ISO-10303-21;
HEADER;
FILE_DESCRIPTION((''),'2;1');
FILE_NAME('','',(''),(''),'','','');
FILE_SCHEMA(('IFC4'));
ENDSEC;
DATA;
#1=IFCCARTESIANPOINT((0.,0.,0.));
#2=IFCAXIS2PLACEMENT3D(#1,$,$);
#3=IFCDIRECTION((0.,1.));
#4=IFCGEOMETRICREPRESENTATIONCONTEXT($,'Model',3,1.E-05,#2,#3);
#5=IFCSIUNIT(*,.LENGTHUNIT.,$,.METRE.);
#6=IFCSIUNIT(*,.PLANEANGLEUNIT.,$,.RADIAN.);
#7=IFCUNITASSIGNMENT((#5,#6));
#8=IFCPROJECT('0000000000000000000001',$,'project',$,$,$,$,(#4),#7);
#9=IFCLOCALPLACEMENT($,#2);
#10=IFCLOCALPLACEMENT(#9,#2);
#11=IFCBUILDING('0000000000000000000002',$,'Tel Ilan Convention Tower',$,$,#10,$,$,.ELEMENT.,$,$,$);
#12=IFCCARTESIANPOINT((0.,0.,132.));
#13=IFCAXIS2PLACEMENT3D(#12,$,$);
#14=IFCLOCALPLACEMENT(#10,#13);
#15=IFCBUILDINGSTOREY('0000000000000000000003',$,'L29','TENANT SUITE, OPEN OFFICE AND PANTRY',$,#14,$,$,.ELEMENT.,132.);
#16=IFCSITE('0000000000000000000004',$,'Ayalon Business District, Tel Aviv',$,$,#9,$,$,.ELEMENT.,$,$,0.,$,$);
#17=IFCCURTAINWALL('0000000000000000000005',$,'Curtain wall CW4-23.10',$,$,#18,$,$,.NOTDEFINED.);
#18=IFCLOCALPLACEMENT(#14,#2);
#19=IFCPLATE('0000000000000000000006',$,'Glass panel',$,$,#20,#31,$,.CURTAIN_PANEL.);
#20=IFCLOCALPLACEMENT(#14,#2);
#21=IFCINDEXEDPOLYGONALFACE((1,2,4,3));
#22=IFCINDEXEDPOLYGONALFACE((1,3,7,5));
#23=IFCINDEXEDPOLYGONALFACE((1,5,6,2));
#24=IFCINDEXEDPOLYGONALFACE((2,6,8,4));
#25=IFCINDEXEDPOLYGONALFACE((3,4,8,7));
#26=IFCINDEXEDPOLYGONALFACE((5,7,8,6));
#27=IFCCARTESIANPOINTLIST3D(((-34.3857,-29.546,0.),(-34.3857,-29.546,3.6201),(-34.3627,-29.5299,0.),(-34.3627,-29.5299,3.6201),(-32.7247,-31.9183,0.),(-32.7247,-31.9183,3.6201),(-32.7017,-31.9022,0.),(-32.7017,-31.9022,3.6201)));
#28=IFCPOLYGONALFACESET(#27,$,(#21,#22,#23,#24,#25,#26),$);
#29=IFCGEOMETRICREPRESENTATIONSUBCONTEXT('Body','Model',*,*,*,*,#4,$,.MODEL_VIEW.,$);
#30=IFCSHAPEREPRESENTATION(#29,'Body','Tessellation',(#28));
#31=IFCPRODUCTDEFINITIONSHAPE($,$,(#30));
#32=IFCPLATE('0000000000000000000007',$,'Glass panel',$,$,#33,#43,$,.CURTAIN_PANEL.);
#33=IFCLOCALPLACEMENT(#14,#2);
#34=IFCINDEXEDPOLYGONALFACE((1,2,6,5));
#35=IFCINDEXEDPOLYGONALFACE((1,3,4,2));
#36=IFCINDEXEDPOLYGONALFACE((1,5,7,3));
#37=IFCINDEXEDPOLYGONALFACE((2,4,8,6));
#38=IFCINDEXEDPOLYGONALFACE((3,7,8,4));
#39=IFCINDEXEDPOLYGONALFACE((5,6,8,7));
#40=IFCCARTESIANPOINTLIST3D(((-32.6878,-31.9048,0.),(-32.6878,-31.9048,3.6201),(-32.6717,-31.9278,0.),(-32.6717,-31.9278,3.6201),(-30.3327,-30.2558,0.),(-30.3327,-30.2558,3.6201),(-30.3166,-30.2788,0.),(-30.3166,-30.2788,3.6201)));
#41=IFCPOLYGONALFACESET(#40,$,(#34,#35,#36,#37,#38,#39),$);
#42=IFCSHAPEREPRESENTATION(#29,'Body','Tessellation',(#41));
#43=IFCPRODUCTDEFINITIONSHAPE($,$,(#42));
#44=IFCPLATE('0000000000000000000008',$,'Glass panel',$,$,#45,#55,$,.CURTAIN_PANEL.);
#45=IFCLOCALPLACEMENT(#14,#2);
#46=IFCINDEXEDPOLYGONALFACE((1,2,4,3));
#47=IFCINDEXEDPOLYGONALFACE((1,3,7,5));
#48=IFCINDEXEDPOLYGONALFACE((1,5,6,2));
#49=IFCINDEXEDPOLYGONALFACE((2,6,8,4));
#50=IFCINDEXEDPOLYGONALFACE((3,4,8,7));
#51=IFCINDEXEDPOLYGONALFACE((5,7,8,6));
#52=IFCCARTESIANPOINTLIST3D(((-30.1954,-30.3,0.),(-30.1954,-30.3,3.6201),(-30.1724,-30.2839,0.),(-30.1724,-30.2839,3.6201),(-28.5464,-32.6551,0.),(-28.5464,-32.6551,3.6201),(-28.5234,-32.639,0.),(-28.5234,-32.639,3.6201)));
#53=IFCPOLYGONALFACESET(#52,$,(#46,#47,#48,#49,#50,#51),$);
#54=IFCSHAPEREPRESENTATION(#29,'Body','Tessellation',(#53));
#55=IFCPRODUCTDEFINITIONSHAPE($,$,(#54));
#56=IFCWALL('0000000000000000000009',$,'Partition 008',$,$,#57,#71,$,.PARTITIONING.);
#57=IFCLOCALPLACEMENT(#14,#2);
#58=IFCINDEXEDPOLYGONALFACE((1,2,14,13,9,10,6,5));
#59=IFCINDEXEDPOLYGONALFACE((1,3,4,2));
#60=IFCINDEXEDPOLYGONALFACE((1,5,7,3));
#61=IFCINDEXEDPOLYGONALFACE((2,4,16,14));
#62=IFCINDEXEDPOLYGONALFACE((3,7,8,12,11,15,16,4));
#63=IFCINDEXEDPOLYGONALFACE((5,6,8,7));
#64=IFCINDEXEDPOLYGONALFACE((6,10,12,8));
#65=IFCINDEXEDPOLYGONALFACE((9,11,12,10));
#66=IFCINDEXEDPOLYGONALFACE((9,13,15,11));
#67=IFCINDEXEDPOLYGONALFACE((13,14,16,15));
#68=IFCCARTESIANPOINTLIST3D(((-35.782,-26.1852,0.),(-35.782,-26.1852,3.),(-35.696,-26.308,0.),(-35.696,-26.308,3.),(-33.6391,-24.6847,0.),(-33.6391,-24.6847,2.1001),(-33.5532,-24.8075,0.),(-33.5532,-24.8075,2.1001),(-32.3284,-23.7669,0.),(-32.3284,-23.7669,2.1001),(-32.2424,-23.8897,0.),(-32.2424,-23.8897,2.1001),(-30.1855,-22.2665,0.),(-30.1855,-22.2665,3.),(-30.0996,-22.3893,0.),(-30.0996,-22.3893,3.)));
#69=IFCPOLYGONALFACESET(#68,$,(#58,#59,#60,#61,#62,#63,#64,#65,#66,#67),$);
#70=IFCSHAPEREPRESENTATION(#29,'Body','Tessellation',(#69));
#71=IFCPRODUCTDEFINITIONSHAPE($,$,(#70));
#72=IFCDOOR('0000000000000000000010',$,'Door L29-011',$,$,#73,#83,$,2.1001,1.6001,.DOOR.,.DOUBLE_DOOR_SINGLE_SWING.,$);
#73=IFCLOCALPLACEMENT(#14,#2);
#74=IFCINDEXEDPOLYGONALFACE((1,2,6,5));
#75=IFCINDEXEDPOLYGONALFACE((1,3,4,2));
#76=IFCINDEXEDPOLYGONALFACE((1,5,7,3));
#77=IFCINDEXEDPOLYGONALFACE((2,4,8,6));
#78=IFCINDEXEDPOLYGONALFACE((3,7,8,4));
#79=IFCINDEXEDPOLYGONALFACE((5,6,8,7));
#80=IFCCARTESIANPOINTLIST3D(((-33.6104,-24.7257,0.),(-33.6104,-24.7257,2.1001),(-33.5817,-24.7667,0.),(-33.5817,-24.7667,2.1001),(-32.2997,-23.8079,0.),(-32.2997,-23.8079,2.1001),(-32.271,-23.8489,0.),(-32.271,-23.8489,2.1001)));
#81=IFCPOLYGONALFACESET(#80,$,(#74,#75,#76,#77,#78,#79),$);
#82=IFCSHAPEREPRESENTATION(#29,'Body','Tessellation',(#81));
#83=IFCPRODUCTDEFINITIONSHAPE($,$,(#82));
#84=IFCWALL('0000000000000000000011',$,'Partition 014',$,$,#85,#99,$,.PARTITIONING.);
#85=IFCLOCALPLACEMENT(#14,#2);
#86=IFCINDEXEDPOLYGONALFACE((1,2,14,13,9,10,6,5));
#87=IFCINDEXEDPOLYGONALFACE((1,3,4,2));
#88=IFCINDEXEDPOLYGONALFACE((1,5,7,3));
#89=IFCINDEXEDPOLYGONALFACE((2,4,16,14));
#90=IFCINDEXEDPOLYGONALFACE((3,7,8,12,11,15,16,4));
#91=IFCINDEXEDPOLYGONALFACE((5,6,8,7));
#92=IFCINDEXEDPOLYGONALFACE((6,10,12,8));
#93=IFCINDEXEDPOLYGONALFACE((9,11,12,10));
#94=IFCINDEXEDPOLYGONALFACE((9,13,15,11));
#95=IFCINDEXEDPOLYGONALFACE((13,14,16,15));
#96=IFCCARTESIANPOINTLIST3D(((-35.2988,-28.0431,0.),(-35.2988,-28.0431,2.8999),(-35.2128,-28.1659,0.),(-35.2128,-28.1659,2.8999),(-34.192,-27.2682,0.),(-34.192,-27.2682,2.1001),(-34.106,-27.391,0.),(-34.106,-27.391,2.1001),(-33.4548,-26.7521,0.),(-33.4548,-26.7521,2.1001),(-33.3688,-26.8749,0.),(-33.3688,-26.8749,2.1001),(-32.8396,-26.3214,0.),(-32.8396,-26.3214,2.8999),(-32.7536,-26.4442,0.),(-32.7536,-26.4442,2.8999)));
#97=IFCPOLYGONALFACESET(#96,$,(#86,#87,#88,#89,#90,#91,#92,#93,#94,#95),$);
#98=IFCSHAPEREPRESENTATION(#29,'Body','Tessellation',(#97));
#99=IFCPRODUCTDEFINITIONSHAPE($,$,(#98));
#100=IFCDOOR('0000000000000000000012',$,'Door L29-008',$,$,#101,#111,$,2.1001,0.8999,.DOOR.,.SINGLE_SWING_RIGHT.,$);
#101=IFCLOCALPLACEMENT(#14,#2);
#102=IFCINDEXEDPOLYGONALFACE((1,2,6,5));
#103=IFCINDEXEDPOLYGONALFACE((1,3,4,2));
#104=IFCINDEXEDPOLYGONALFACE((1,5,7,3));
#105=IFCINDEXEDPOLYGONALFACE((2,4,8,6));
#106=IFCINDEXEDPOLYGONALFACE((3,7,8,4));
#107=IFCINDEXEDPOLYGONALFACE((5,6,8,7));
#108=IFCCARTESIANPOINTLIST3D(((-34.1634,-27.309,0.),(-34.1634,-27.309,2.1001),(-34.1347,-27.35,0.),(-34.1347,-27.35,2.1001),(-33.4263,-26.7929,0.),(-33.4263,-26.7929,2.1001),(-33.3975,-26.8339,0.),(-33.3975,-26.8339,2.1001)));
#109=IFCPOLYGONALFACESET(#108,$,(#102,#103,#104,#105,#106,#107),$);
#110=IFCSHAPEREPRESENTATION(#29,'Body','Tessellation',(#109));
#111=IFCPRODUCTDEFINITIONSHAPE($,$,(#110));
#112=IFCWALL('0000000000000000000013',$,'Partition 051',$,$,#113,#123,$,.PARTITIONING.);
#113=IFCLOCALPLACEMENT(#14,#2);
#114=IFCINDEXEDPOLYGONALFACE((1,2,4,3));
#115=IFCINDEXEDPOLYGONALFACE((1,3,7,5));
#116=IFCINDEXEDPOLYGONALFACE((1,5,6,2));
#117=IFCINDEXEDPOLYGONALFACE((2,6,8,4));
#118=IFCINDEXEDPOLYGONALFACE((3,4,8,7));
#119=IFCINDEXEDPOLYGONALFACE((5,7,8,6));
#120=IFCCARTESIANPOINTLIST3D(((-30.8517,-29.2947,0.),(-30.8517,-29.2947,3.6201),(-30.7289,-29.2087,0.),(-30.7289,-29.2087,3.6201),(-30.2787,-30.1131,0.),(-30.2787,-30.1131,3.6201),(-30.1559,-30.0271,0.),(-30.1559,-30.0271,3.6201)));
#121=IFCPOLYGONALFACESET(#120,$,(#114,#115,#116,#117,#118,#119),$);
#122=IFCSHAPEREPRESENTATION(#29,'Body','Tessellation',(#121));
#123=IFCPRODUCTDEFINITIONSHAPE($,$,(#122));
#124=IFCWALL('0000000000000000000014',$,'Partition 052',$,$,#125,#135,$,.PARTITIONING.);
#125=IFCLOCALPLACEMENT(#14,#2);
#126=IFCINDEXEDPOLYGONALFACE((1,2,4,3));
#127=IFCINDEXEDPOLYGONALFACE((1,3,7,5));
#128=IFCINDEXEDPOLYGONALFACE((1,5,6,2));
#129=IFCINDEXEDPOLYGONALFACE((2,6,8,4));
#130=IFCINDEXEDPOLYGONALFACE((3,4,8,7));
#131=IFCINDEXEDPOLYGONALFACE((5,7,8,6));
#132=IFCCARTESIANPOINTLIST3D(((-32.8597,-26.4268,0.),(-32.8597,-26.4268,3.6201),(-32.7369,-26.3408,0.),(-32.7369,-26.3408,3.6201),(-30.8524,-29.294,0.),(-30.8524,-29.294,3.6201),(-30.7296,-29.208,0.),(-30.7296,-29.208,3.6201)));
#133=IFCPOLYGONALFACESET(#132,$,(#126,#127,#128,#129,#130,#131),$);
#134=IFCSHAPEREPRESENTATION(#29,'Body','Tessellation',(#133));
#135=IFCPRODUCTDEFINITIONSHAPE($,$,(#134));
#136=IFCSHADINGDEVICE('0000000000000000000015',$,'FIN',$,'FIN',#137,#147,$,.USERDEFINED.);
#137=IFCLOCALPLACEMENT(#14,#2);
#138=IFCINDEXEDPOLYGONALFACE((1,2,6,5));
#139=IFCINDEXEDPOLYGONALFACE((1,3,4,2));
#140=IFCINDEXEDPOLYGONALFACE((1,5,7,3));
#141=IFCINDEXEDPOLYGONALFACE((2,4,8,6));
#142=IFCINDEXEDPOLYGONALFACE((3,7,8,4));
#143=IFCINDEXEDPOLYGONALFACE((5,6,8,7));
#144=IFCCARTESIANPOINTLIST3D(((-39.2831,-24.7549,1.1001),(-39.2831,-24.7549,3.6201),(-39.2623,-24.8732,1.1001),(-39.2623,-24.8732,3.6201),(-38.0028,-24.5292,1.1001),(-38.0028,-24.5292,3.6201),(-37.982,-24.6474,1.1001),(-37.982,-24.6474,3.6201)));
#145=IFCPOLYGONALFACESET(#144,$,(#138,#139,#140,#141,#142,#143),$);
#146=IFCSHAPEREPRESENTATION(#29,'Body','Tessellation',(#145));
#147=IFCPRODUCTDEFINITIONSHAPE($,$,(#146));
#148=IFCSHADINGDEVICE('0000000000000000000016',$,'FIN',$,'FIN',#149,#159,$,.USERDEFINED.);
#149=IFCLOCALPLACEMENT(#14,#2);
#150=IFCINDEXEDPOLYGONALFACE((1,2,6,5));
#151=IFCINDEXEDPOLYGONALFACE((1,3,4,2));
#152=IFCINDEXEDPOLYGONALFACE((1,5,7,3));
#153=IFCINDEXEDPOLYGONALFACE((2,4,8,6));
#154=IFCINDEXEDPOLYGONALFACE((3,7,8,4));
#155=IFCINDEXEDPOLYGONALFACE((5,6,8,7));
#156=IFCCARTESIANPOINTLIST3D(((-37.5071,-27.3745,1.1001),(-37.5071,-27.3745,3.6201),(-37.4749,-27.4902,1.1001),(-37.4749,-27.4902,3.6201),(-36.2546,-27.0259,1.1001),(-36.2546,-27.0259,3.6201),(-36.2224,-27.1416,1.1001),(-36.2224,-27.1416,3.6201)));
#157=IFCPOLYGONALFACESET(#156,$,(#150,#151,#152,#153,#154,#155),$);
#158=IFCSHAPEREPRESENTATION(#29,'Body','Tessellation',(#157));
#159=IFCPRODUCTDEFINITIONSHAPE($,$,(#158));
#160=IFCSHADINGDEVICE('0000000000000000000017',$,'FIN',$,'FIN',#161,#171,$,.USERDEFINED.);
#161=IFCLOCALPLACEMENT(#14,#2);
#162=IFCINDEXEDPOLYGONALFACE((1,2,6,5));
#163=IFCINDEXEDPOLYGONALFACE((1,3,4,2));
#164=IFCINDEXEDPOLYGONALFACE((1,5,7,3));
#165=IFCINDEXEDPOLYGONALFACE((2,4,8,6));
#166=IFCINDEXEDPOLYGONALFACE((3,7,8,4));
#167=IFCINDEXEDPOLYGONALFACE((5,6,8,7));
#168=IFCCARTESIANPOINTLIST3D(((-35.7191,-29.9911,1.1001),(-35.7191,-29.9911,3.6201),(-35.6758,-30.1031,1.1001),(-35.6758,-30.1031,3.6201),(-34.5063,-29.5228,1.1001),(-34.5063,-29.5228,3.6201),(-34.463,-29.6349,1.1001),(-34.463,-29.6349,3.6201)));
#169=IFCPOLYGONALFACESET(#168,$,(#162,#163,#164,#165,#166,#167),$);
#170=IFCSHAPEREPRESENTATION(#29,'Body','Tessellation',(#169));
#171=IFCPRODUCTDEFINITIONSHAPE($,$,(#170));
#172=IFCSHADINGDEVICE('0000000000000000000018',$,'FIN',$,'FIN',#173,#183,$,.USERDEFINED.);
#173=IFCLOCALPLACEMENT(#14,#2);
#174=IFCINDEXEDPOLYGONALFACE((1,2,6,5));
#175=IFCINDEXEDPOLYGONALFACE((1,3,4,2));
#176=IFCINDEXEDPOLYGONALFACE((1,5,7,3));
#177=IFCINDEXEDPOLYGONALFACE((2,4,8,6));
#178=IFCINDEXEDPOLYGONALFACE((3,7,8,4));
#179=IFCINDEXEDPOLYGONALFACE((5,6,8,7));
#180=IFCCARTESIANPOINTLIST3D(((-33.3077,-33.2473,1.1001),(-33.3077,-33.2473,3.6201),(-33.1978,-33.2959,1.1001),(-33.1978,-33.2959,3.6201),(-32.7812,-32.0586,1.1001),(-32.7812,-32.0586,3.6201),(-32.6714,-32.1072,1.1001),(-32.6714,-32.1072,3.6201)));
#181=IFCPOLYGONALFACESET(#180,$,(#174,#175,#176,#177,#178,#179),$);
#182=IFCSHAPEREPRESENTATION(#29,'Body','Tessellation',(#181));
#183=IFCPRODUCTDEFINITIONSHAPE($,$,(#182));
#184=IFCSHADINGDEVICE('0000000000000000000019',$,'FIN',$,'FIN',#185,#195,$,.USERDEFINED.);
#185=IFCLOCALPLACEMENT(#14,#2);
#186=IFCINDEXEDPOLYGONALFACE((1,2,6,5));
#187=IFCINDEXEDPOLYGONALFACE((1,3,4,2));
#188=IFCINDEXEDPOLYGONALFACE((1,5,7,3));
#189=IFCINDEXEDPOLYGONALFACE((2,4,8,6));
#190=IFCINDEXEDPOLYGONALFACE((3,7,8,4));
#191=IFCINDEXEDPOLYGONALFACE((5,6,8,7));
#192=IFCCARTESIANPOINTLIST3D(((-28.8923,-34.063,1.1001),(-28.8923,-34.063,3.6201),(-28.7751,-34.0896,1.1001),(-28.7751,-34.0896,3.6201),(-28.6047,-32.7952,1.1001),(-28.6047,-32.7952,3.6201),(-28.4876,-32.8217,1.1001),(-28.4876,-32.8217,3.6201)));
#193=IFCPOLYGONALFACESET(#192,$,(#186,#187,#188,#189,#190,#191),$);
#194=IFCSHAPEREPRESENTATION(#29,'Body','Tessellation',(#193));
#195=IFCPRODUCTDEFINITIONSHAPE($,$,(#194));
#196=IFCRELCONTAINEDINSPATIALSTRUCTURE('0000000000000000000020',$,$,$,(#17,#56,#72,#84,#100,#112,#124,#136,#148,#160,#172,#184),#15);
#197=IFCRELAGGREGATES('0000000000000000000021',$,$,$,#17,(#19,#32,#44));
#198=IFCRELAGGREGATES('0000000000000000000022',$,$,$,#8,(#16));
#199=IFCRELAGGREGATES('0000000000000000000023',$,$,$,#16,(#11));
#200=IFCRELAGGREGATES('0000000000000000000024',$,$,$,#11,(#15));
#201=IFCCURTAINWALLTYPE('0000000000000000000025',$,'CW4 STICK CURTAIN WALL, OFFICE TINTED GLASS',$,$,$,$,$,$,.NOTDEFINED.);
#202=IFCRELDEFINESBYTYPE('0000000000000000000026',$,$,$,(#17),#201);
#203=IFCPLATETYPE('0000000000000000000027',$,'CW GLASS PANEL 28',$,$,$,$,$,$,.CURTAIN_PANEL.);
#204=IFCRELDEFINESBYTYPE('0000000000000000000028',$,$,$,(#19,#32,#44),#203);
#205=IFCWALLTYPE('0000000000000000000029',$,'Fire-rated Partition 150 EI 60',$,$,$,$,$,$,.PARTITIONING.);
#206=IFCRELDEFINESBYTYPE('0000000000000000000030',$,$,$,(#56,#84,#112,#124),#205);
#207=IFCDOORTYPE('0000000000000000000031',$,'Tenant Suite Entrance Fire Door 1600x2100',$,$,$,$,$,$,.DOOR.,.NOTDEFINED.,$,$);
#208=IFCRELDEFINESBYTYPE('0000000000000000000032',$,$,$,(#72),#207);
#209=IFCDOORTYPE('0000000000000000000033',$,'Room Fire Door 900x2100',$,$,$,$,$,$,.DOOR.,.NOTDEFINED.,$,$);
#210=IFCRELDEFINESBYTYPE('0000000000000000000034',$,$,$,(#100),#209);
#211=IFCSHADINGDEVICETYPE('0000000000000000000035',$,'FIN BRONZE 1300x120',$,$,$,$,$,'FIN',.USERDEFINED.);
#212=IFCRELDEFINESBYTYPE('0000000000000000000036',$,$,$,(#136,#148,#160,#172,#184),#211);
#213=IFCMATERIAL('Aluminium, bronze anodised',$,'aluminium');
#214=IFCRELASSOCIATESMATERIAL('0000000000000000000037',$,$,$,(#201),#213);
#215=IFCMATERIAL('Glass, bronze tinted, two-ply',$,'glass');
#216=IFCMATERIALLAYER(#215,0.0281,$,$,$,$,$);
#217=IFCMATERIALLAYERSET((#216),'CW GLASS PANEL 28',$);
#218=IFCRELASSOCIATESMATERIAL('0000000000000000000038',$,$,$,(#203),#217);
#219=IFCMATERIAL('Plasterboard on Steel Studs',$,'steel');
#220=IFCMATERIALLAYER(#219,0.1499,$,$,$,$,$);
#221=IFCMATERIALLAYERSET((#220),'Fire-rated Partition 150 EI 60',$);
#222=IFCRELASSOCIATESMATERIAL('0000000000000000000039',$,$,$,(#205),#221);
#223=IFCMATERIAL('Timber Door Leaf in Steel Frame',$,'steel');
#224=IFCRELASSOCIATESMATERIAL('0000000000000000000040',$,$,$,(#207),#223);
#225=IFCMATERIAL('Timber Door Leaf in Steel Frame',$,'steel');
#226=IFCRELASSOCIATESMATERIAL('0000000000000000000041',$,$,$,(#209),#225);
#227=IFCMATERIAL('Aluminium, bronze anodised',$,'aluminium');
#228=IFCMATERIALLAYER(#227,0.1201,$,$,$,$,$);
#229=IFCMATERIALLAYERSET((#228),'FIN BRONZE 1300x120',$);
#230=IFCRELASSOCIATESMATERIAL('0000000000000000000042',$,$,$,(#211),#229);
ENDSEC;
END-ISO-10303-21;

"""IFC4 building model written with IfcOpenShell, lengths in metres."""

from ifc_helpers import new_model, si_unit, direction, frame, frame_2d, origin, origin_2d, place, context, subcontext, project, spatial, rectangle, extrude, material, layer, layer_set, type_object, element, fill, aggregate, save


model = new_model("IFC4")

# Units and contexts
model_context = context("Model", 3, precision=1e-05, world=origin(), true_north=direction((0.0, 1.0)))
body_context = subcontext(model_context, "Body", "Model", "MODEL_VIEW")
ifc_project = project(units=[si_unit("LENGTHUNIT", "METRE"), si_unit("PLANEANGLEUNIT", "RADIAN")], contexts=[model_context])

# Site, building, storey
site_placement = place(None, origin())
site = spatial("IfcSite", under=ifc_project, at=site_placement, Name="Ayalon Business District, Tel Aviv", CompositionType="ELEMENT", RefElevation=0.0)
building_placement = place(site_placement, origin())
building = spatial("IfcBuilding", under=site, at=building_placement, Name="Tel Ilan Convention Tower", CompositionType="ELEMENT")
storey_placement = place(building_placement, frame((0.0, 0.0, 132.0)))
storey = spatial("IfcBuildingStorey", under=building, at=storey_placement, Name="L29", Description="TENANT SUITE, OPEN OFFICE AND PANTRY", CompositionType="ELEMENT", Elevation=132.0)

# Curtain wall, plates
ifc_material_1 = material(Name="Aluminium, bronze anodised", Category="aluminium")
curtain_wall_type = type_object("IfcCurtainWallType", Name="CW4 STICK CURTAIN WALL, OFFICE TINTED GLASS", PredefinedType="NOTDEFINED", material=ifc_material_1)
curtain_wall_placement = place(storey_placement, origin())
curtain_wall = element("IfcCurtainWall", 1, at=curtain_wall_placement, inside=storey, type_object=curtain_wall_type, Name="Curtain wall CW4-23.10", PredefinedType="NOTDEFINED")
ifc_material_2 = material(Name="Glass, bronze tinted, two-ply", Category="glass")
ifc_layer_1 = layer(ifc_material_2, 0.0281)
ifc_layer_set_1 = layer_set([ifc_layer_1], Name="CW GLASS PANEL 28")
plate_type = type_object("IfcPlateType", Name="CW GLASS PANEL 28", PredefinedType="CURTAIN_PANEL", material=ifc_layer_set_1)
plate_1_placement = place(storey_placement, frame((-33.5437, -30.7241, 0.0), z_axis=(0.0, 0.0, 1.0), x_axis=(0.573576, -0.819152, 0.0)))
plate_1 = element("IfcPlate", 2, at=plate_1_placement, type_object=plate_type, Name="Glass panel", PredefinedType="CURTAIN_PANEL", context=body_context, shape_type="SweptSolid", body=[
    extrude(rectangle(XDim=2.896, YDim=0.0281, at=origin_2d()), origin(), (0.0, 0.0, 1.0), 3.6201),
])
plate_2_placement = place(storey_placement, frame((-31.5022, -31.0918, 0.0), z_axis=(0.0, 0.0, 1.0), x_axis=(0.819152, 0.573576, 0.0)))
plate_2 = element("IfcPlate", 3, at=plate_2_placement, type_object=plate_type, Name="Glass panel", PredefinedType="CURTAIN_PANEL", context=body_context, shape_type="SweptSolid", body=[
    extrude(rectangle(XDim=2.875, YDim=0.0281, at=origin_2d()), origin(), (0.0, 0.0, 1.0), 3.6201),
])
plate_3_placement = place(storey_placement, frame((-29.3594, -31.4695, 0.0), z_axis=(0.0, 0.0, 1.0), x_axis=(0.573576, -0.819152, 0.0)))
plate_3 = element("IfcPlate", 4, at=plate_3_placement, type_object=plate_type, Name="Glass panel", PredefinedType="CURTAIN_PANEL", context=body_context, shape_type="SweptSolid", body=[
    extrude(rectangle(XDim=2.875, YDim=0.0281, at=origin_2d()), origin(), (0.0, 0.0, 1.0), 3.6201),
])
aggregate(curtain_wall, [plate_1, plate_2, plate_3])

# Walls, openings, doors
ifc_material_3 = material(Name="Plasterboard on Steel Studs", Category="steel")
ifc_layer_2 = layer(ifc_material_3, 0.1499)
ifc_layer_set_2 = layer_set([ifc_layer_2], Name="Fire-rated Partition 150 EI 60")
wall_type = type_object("IfcWallType", Name="Fire-rated Partition 150 EI 60", PredefinedType="PARTITIONING", material=ifc_layer_set_2)
wall_1_placement = place(storey_placement, frame((-35.739, -26.2466, 0.0), z_axis=(0.0, 0.0, 1.0), x_axis=(0.81915, 0.57358, 0.0)))
wall_1 = element("IfcWall", 5, at=wall_1_placement, inside=storey, type_object=wall_type, Name="Partition 008", PredefinedType="PARTITIONING", context=body_context, shape_type="SweptSolid", body=[
    extrude(rectangle(XDim=6.832, YDim=0.1499, at=frame_2d((3.416, 0.0))), origin(), (0.0, 0.0, 1.0), 3.0),
])
opening_1_placement = place(wall_1_placement, frame((2.616, 0.0, 0.0)))
opening_1 = element("IfcOpeningElement", 6, at=opening_1_placement, cuts=wall_1, PredefinedType="OPENING", context=body_context, shape_type="SweptSolid", body=[
    extrude(rectangle(XDim=1.6001, YDim=2.1001, at=frame_2d((0.8, 1.05))), frame((0.0, 0.085, 0.0), z_axis=(0.0, -1.0, 0.0), x_axis=(1.0, 0.0, 0.0)), (0.0, 0.0, 1.0), 0.1699),
])
ifc_material_4 = material(Name="Timber Door Leaf in Steel Frame", Category="steel")
door_type_1 = type_object("IfcDoorType", Name="Tenant Suite Entrance Fire Door 1600x2100", OperationType="NOTDEFINED", PredefinedType="DOOR", material=ifc_material_4)
door_1_placement = place(opening_1_placement, origin())
door_1 = element("IfcDoor", 7, at=door_1_placement, inside=storey, type_object=door_type_1, Name="Door L29-011", OperationType="DOUBLE_DOOR_SINGLE_SWING", OverallHeight=2.1001, OverallWidth=1.6001, PredefinedType="DOOR", context=body_context, shape_type="SweptSolid", body=[
    extrude(rectangle(XDim=1.6001, YDim=2.1001, at=frame_2d((0.8, 1.05))), frame((0.0, 0.0249, 0.0), z_axis=(0.0, -1.0, 0.0), x_axis=(1.0, 0.0, 0.0)), (0.0, 0.0, 1.0), 0.05),
])
fill(opening_1, door_1)
wall_2_placement = place(storey_placement, frame((-32.7966, -26.3828, 0.0), z_axis=(0.0, 0.0, 1.0), x_axis=(-0.819198, -0.573511, 0.0)))
wall_2 = element("IfcWall", 8, at=wall_2_placement, inside=storey, type_object=wall_type, Name="Partition 014", PredefinedType="PARTITIONING", context=body_context, shape_type="SweptSolid", body=[
    extrude(rectangle(XDim=3.002, YDim=0.1499, at=frame_2d((1.501, 0.0))), origin(), (0.0, 0.0, 1.0), 2.8999),
])
opening_2_placement = place(wall_2_placement, frame((0.751, 0.0, 0.0)))
opening_2 = element("IfcOpeningElement", 9, at=opening_2_placement, cuts=wall_2, PredefinedType="OPENING", context=body_context, shape_type="SweptSolid", body=[
    extrude(rectangle(XDim=0.8999, YDim=2.1001, at=frame_2d((0.45, 1.05))), frame((0.0, 0.085, 0.0), z_axis=(0.0, -1.0, 0.0), x_axis=(1.0, 0.0, 0.0)), (0.0, 0.0, 1.0), 0.1699),
])
ifc_material_5 = material(Name="Timber Door Leaf in Steel Frame", Category="steel")
door_type_2 = type_object("IfcDoorType", Name="Room Fire Door 900x2100", OperationType="NOTDEFINED", PredefinedType="DOOR", material=ifc_material_5)
door_2_placement = place(opening_2_placement, origin())
door_2 = element("IfcDoor", 10, at=door_2_placement, inside=storey, type_object=door_type_2, Name="Door L29-008", OperationType="SINGLE_SWING_RIGHT", OverallHeight=2.1001, OverallWidth=0.8999, PredefinedType="DOOR", context=body_context, shape_type="SweptSolid", body=[
    extrude(rectangle(XDim=0.8999, YDim=2.1001, at=frame_2d((0.45, 1.05))), frame((0.0, 0.0249, 0.0), z_axis=(0.0, -1.0, 0.0), x_axis=(1.0, 0.0, 0.0)), (0.0, 0.0, 1.0), 0.05),
])
fill(opening_2, door_2)

# Walls
wall_3_placement = place(storey_placement, frame((-30.2173, -30.0701, 0.0), z_axis=(0.0, 0.0, 1.0), x_axis=(-0.573561, 0.819163, 0.0)))
element("IfcWall", 11, at=wall_3_placement, inside=storey, type_object=wall_type, Name="Partition 051", PredefinedType="PARTITIONING", context=body_context, shape_type="SweptSolid", body=[
    extrude(rectangle(XDim=0.999, YDim=0.1499, at=frame_2d((0.4995, 0.0))), origin(), (0.0, 0.0, 1.0), 3.6201),
])
wall_4_placement = place(storey_placement, frame((-30.791, -29.251, 0.0), z_axis=(0.0, 0.0, 1.0), x_axis=(-0.573519, 0.819193, 0.0)))
element("IfcWall", 12, at=wall_4_placement, inside=storey, type_object=wall_type, Name="Partition 052", PredefinedType="PARTITIONING", context=body_context, shape_type="SweptSolid", body=[
    extrude(rectangle(XDim=3.5, YDim=0.1499, at=frame_2d((1.75, 0.0))), origin(), (0.0, 0.0, 1.0), 3.6201),
])

# Shading devices
ifc_material_6 = material(Name="Aluminium, bronze anodised", Category="aluminium")
ifc_layer_3 = layer(ifc_material_6, 0.1201)
ifc_layer_set_3 = layer_set([ifc_layer_3], Name="FIN BRONZE 1300x120")
shading_device_type = type_object("IfcShadingDeviceType", Name="FIN BRONZE 1300x120", ElementType="FIN", PredefinedType="USERDEFINED", material=ifc_layer_set_3)
for number, where, z_axis, x_axis, name in (
    (13, (-38.6326, -24.7012, 1.1001), (0.0, 0.0, 1.0), (-0.984808, -0.173648, 0.0), "FIN"),
    (14, (-36.8647, -27.2581, 1.1001), (0.0, 0.0, 1.0), (-0.963371, -0.268173, 0.0), "FIN"),
    (15, (-35.0911, -29.813, 1.1001), (0.0, 0.0, 1.0), (-0.932884, -0.360178, 0.0), "FIN"),
    (16, (-32.9895, -32.6772, 1.1001), (0.0, 0.0, 1.0), (-0.404964, -0.914333, 0.0), "FIN"),
    (17, (-28.6899, -33.4424, 1.1001), (0.0, 0.0, 1.0), (-0.22117, -0.975235, 0.0), "FIN"),
):
    element("IfcShadingDevice", number, at=place(storey_placement, frame(where, z_axis=z_axis, x_axis=x_axis)), inside=storey, type_object=shading_device_type, Name=name, ObjectType="FIN", PredefinedType="USERDEFINED", context=body_context, shape_type="SweptSolid", body=[
        extrude(rectangle(XDim=1.3, YDim=0.1201, at=origin_2d()), origin(), (0.0, 0.0, 1.0), 2.52),
    ])

save(model, "model.ifc")
